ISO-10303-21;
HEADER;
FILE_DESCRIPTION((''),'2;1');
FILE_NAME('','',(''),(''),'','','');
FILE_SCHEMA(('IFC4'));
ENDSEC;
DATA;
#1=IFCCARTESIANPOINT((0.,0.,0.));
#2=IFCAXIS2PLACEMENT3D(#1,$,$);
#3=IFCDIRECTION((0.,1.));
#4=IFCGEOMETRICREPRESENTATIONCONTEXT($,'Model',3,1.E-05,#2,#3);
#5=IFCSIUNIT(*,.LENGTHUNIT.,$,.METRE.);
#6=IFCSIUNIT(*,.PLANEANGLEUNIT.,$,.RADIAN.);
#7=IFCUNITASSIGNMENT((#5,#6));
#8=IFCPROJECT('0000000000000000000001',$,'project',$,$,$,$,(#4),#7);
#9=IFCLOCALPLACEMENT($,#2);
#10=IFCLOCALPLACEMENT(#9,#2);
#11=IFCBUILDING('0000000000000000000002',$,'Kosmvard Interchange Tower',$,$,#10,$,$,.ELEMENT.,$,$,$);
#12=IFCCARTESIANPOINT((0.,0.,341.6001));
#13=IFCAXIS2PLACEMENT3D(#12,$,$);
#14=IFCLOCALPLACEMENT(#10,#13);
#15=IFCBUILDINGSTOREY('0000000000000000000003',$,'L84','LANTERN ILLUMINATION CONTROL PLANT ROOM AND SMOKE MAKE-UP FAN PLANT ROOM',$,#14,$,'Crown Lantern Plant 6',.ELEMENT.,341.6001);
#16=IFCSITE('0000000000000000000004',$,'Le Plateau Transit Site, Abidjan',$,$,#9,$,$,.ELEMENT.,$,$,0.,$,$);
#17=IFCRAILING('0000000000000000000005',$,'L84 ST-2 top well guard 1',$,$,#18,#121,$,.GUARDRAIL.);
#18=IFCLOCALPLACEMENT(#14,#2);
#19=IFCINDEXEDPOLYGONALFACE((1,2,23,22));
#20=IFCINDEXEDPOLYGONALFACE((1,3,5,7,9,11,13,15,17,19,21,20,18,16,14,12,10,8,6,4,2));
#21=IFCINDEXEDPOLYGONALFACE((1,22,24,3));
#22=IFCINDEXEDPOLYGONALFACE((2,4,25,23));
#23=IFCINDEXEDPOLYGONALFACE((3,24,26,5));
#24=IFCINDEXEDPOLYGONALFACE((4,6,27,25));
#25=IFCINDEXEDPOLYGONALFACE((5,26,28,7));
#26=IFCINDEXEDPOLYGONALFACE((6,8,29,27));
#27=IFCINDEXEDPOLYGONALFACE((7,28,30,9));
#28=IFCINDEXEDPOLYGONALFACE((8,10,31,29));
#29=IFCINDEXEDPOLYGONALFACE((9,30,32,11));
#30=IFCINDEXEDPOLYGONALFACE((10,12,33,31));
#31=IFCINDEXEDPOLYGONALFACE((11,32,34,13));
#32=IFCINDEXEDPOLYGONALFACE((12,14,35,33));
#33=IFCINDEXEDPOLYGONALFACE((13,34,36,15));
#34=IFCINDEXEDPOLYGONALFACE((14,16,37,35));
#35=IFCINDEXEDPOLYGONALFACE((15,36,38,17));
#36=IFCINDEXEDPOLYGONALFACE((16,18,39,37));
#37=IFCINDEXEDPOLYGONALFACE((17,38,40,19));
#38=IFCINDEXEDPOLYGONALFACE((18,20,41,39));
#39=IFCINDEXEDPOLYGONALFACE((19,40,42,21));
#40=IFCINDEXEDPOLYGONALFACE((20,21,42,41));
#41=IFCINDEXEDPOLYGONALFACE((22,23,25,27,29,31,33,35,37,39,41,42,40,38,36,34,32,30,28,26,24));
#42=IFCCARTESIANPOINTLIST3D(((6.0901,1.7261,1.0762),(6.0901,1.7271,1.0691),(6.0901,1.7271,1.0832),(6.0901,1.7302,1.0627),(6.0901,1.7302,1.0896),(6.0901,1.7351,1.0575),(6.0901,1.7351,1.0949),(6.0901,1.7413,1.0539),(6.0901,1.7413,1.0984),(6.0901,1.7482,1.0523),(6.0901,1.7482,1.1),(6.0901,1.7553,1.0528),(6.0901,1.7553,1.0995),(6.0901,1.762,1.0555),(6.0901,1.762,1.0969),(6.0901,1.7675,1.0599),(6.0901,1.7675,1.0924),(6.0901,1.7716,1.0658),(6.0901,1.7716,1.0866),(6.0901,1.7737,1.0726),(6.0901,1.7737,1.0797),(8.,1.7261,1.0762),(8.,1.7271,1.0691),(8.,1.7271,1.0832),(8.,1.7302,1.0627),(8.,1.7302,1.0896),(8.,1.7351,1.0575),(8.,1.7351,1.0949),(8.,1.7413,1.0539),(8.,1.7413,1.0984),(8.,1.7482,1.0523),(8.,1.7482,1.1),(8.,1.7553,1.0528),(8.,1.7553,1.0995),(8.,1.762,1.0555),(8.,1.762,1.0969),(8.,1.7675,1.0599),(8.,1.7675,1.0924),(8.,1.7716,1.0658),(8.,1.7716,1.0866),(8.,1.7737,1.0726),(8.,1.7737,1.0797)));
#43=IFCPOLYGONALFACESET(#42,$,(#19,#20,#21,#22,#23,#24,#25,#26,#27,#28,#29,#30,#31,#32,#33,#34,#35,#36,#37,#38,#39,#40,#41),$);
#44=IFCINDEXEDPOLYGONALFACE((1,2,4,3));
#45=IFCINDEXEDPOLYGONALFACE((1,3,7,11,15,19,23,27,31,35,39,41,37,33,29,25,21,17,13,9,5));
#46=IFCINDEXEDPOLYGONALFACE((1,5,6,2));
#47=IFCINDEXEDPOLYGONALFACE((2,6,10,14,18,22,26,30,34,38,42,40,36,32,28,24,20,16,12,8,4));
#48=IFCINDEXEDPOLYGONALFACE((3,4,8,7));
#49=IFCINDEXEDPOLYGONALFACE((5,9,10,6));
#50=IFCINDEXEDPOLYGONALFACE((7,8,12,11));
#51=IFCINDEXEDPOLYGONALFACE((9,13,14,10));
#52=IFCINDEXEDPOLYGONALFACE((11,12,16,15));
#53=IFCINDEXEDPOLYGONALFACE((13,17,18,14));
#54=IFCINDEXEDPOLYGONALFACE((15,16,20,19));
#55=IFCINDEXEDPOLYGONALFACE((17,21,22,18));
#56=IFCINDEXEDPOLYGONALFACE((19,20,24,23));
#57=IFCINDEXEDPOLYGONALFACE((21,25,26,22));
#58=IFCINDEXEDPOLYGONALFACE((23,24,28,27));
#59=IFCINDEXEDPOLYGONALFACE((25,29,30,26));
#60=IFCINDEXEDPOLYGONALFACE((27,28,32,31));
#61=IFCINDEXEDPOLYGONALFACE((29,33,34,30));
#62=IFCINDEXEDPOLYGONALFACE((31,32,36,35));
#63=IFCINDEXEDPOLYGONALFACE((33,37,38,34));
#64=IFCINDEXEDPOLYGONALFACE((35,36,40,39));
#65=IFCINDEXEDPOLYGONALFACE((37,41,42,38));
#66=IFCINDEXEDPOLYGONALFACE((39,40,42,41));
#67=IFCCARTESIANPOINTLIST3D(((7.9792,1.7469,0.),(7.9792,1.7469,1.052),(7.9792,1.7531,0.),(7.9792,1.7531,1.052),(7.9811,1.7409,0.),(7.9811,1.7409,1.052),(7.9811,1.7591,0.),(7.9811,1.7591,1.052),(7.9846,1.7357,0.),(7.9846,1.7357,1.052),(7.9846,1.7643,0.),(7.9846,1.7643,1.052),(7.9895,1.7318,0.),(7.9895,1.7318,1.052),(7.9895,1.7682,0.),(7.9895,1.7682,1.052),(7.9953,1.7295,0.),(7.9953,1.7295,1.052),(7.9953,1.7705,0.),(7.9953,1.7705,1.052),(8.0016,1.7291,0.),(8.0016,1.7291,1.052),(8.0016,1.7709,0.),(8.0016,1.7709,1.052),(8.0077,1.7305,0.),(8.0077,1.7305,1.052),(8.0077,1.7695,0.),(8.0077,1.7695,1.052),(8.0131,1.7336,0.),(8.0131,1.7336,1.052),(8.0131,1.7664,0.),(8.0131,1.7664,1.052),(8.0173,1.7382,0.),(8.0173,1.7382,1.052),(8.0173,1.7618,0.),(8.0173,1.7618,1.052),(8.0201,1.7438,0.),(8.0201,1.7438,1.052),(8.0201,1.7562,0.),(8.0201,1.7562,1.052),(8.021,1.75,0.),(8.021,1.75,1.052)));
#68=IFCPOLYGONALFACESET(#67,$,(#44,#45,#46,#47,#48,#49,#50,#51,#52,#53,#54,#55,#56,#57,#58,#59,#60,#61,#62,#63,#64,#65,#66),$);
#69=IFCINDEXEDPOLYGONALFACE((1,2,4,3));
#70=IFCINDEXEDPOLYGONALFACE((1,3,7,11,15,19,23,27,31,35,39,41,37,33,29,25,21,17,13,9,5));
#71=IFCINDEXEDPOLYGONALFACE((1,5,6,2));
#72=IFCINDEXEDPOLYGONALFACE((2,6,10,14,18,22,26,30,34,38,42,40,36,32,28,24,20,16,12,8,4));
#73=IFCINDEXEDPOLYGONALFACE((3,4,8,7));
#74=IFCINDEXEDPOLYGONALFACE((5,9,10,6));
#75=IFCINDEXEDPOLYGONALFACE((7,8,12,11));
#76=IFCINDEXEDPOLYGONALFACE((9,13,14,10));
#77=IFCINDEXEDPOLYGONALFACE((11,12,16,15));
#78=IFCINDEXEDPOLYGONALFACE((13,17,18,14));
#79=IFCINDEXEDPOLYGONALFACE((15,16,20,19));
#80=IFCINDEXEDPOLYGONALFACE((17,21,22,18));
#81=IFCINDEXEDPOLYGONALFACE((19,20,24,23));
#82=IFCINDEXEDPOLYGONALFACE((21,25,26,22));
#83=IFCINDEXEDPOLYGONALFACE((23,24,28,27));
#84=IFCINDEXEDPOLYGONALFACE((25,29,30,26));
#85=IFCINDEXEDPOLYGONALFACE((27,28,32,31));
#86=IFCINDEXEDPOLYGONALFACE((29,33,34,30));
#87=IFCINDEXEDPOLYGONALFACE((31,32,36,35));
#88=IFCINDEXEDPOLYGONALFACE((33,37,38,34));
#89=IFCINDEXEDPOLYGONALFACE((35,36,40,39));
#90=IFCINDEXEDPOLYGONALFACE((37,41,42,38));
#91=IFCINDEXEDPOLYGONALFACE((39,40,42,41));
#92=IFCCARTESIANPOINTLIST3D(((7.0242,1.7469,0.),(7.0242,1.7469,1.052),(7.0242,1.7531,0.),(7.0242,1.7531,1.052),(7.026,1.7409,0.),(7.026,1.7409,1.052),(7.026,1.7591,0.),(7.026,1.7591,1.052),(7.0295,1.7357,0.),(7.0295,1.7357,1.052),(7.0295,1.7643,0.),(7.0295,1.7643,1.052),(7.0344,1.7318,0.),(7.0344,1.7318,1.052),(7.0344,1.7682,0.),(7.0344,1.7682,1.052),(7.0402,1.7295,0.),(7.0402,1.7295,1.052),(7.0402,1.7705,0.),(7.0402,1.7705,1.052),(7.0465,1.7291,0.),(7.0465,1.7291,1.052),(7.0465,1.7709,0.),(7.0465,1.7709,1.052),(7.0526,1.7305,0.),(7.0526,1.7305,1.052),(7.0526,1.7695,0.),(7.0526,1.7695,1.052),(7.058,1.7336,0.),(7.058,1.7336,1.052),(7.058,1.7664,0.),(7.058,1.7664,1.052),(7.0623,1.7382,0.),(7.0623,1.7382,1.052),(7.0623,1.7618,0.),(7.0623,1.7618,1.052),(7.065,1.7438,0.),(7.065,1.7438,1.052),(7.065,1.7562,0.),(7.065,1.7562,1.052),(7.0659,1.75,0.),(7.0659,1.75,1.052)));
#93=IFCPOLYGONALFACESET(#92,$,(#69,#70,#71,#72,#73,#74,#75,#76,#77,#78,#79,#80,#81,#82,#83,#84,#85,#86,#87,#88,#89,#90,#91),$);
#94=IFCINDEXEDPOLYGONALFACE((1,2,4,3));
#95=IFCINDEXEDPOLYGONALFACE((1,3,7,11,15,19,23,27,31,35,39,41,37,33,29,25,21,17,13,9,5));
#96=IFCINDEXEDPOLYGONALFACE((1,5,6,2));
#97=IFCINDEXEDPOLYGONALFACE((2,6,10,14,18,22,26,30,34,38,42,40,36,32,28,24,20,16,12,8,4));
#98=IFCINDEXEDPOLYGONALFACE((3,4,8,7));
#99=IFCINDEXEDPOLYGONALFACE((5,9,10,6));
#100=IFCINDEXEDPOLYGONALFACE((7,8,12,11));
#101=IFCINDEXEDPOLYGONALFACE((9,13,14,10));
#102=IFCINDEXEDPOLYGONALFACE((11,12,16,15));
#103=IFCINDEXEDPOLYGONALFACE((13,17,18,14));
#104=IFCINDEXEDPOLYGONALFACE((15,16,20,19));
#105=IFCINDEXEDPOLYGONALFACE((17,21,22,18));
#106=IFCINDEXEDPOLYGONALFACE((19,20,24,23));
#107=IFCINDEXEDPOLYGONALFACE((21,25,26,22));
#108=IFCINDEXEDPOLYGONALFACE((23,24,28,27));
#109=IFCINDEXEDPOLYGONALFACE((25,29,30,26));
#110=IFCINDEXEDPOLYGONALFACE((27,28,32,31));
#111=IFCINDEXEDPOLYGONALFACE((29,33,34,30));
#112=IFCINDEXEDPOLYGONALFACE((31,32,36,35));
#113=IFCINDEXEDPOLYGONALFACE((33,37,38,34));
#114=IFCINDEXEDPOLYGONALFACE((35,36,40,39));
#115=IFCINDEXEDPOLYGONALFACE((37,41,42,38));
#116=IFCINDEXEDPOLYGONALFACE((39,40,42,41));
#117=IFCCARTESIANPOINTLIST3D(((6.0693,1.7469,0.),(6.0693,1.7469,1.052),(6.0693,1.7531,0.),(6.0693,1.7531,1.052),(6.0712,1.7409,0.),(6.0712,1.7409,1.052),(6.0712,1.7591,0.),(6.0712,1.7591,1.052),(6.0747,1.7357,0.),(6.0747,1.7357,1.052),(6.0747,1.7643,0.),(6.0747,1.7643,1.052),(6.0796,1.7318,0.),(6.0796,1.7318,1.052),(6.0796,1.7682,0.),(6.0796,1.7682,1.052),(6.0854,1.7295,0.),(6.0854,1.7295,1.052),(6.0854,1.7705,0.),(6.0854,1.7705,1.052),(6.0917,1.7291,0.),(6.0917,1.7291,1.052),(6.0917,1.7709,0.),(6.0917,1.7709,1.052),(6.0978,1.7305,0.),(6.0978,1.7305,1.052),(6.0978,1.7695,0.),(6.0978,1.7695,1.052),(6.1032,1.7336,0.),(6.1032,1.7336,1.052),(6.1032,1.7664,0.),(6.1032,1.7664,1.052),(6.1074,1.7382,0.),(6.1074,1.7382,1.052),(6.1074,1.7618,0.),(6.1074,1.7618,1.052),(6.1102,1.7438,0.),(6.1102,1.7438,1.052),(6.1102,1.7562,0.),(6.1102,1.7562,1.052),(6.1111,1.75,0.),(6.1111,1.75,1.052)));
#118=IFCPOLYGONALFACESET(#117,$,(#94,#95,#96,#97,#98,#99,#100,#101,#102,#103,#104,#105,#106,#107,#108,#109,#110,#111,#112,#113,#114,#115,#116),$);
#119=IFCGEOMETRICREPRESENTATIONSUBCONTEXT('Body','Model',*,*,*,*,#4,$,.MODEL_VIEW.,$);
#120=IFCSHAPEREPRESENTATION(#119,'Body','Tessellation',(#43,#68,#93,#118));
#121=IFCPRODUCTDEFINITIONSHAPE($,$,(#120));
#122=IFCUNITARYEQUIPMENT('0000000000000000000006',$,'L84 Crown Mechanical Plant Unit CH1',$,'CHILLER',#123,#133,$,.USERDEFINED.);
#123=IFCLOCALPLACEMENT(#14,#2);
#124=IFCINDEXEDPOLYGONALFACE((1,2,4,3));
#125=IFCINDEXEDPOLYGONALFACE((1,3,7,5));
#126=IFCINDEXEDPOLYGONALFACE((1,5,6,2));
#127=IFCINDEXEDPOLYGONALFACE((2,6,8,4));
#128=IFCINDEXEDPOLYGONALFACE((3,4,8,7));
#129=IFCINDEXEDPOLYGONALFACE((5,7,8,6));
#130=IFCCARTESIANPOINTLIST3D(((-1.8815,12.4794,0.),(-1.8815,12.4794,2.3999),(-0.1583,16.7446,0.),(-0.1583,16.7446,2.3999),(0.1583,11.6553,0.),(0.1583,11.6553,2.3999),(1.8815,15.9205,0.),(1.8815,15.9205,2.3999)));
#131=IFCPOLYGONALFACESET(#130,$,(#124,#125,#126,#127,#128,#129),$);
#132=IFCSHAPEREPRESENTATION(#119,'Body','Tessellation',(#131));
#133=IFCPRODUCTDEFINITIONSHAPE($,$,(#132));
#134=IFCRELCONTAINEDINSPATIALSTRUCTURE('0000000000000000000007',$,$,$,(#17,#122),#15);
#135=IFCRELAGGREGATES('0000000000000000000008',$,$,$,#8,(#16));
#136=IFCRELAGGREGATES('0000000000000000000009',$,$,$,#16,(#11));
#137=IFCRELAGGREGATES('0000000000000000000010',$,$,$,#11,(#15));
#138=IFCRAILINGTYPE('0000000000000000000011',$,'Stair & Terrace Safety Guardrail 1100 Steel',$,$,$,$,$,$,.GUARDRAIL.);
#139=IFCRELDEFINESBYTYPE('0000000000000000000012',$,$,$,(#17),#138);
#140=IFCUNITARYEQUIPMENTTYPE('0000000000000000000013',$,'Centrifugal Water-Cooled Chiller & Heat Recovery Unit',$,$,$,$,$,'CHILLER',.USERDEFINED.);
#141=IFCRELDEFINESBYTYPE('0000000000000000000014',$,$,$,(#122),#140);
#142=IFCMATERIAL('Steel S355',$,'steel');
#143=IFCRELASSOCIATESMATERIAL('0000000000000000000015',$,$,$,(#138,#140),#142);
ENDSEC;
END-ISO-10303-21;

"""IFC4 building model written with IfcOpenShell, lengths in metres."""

from ifc_helpers import new_model, si_unit, direction, frame, origin, origin_2d, place, context, subcontext, project, spatial, rectangle, circle, extrude, source, transform, mapped, material, type_object, element, save


model = new_model("IFC4")

# Units and contexts
model_context = context("Model", 3, precision=1e-05, world=origin(), true_north=direction((0.0, 1.0)))
body_context = subcontext(model_context, "Body", "Model", "MODEL_VIEW")
ifc_project = project(units=[si_unit("LENGTHUNIT", "METRE"), si_unit("PLANEANGLEUNIT", "RADIAN")], contexts=[model_context])

# Site, building, storey
site_placement = place(None, origin())
site = spatial("IfcSite", under=ifc_project, at=site_placement, Name="Le Plateau Transit Site, Abidjan", CompositionType="ELEMENT", RefElevation=0.0)
building_placement = place(site_placement, origin())
building = spatial("IfcBuilding", under=site, at=building_placement, Name="Kosmvard Interchange Tower", CompositionType="ELEMENT")
storey_placement = place(building_placement, frame((0.0, 0.0, 341.6001)))
storey = spatial("IfcBuildingStorey", under=building, at=storey_placement, Name="L84", Description="LANTERN ILLUMINATION CONTROL PLANT ROOM AND SMOKE MAKE-UP FAN PLANT ROOM", LongName="Crown Lantern Plant 6", CompositionType="ELEMENT", Elevation=341.6001)

# Shared definitions
ifc_material_1 = material(Name="Steel S355", Category="steel")

# Railing
railing_type = type_object("IfcRailingType", Name="Stair & Terrace Safety Guardrail 1100 Steel", PredefinedType="GUARDRAIL", material=ifc_material_1)
shared_shape_1 = source(origin(), body_context, "Body", "SweptSolid", [
    extrude(circle(Radius=0.0239, at=origin_2d()), frame((0.0, 0.0, 1.0762), z_axis=(-1.0, 0.0, 0.0), x_axis=(0.0, -1.0, 0.0)), (0.0, 0.0, 1.0), 1.9099),
    extrude(circle(Radius=0.021, at=origin_2d()), origin(), (0.0, 0.0, 1.0), 1.052),
    extrude(circle(Radius=0.021, at=origin_2d()), frame((-0.9551, 0.0, 0.0)), (0.0, 0.0, 1.0), 1.052),
    extrude(circle(Radius=0.021, at=origin_2d()), frame((-1.9099, 0.0, 0.0)), (0.0, 0.0, 1.0), 1.052),
])
railing_placement = place(storey_placement, frame((8.0, 1.75, 0.0)))
element("IfcRailing", 1, at=railing_placement, inside=storey, type_object=railing_type, Name="L84 ST-2 top well guard 1", PredefinedType="GUARDRAIL", context=body_context, shape_type="MappedRepresentation", body=[
    mapped(shared_shape_1, transform((0.0, 0.0, 0.0), scale=1.0)),
])

# Unitary equipment
unitary_equipment_type = type_object("IfcUnitaryEquipmentType", Name="Centrifugal Water-Cooled Chiller & Heat Recovery Unit", ElementType="CHILLER", PredefinedType="USERDEFINED", material=ifc_material_1)
shared_shape_2 = source(origin(), body_context, "Body", "SweptSolid", [
    extrude(rectangle(XDim=4.6001, YDim=2.2, at=origin_2d()), origin(), (0.0, 0.0, 1.0), 2.3999),
])
unitary_equipment_placement = place(storey_placement, frame((0.0, 14.2, 0.0), z_axis=(0.0, 0.0, 1.0), x_axis=(0.374607, 0.927184, 0.0)))
element("IfcUnitaryEquipment", 2, at=unitary_equipment_placement, inside=storey, type_object=unitary_equipment_type, Name="L84 Crown Mechanical Plant Unit CH1", ObjectType="CHILLER", PredefinedType="USERDEFINED", context=body_context, shape_type="MappedRepresentation", body=[
    mapped(shared_shape_2, transform((0.0, 0.0, 0.0), scale=1.0)),
])

save(model, "model.ifc")
